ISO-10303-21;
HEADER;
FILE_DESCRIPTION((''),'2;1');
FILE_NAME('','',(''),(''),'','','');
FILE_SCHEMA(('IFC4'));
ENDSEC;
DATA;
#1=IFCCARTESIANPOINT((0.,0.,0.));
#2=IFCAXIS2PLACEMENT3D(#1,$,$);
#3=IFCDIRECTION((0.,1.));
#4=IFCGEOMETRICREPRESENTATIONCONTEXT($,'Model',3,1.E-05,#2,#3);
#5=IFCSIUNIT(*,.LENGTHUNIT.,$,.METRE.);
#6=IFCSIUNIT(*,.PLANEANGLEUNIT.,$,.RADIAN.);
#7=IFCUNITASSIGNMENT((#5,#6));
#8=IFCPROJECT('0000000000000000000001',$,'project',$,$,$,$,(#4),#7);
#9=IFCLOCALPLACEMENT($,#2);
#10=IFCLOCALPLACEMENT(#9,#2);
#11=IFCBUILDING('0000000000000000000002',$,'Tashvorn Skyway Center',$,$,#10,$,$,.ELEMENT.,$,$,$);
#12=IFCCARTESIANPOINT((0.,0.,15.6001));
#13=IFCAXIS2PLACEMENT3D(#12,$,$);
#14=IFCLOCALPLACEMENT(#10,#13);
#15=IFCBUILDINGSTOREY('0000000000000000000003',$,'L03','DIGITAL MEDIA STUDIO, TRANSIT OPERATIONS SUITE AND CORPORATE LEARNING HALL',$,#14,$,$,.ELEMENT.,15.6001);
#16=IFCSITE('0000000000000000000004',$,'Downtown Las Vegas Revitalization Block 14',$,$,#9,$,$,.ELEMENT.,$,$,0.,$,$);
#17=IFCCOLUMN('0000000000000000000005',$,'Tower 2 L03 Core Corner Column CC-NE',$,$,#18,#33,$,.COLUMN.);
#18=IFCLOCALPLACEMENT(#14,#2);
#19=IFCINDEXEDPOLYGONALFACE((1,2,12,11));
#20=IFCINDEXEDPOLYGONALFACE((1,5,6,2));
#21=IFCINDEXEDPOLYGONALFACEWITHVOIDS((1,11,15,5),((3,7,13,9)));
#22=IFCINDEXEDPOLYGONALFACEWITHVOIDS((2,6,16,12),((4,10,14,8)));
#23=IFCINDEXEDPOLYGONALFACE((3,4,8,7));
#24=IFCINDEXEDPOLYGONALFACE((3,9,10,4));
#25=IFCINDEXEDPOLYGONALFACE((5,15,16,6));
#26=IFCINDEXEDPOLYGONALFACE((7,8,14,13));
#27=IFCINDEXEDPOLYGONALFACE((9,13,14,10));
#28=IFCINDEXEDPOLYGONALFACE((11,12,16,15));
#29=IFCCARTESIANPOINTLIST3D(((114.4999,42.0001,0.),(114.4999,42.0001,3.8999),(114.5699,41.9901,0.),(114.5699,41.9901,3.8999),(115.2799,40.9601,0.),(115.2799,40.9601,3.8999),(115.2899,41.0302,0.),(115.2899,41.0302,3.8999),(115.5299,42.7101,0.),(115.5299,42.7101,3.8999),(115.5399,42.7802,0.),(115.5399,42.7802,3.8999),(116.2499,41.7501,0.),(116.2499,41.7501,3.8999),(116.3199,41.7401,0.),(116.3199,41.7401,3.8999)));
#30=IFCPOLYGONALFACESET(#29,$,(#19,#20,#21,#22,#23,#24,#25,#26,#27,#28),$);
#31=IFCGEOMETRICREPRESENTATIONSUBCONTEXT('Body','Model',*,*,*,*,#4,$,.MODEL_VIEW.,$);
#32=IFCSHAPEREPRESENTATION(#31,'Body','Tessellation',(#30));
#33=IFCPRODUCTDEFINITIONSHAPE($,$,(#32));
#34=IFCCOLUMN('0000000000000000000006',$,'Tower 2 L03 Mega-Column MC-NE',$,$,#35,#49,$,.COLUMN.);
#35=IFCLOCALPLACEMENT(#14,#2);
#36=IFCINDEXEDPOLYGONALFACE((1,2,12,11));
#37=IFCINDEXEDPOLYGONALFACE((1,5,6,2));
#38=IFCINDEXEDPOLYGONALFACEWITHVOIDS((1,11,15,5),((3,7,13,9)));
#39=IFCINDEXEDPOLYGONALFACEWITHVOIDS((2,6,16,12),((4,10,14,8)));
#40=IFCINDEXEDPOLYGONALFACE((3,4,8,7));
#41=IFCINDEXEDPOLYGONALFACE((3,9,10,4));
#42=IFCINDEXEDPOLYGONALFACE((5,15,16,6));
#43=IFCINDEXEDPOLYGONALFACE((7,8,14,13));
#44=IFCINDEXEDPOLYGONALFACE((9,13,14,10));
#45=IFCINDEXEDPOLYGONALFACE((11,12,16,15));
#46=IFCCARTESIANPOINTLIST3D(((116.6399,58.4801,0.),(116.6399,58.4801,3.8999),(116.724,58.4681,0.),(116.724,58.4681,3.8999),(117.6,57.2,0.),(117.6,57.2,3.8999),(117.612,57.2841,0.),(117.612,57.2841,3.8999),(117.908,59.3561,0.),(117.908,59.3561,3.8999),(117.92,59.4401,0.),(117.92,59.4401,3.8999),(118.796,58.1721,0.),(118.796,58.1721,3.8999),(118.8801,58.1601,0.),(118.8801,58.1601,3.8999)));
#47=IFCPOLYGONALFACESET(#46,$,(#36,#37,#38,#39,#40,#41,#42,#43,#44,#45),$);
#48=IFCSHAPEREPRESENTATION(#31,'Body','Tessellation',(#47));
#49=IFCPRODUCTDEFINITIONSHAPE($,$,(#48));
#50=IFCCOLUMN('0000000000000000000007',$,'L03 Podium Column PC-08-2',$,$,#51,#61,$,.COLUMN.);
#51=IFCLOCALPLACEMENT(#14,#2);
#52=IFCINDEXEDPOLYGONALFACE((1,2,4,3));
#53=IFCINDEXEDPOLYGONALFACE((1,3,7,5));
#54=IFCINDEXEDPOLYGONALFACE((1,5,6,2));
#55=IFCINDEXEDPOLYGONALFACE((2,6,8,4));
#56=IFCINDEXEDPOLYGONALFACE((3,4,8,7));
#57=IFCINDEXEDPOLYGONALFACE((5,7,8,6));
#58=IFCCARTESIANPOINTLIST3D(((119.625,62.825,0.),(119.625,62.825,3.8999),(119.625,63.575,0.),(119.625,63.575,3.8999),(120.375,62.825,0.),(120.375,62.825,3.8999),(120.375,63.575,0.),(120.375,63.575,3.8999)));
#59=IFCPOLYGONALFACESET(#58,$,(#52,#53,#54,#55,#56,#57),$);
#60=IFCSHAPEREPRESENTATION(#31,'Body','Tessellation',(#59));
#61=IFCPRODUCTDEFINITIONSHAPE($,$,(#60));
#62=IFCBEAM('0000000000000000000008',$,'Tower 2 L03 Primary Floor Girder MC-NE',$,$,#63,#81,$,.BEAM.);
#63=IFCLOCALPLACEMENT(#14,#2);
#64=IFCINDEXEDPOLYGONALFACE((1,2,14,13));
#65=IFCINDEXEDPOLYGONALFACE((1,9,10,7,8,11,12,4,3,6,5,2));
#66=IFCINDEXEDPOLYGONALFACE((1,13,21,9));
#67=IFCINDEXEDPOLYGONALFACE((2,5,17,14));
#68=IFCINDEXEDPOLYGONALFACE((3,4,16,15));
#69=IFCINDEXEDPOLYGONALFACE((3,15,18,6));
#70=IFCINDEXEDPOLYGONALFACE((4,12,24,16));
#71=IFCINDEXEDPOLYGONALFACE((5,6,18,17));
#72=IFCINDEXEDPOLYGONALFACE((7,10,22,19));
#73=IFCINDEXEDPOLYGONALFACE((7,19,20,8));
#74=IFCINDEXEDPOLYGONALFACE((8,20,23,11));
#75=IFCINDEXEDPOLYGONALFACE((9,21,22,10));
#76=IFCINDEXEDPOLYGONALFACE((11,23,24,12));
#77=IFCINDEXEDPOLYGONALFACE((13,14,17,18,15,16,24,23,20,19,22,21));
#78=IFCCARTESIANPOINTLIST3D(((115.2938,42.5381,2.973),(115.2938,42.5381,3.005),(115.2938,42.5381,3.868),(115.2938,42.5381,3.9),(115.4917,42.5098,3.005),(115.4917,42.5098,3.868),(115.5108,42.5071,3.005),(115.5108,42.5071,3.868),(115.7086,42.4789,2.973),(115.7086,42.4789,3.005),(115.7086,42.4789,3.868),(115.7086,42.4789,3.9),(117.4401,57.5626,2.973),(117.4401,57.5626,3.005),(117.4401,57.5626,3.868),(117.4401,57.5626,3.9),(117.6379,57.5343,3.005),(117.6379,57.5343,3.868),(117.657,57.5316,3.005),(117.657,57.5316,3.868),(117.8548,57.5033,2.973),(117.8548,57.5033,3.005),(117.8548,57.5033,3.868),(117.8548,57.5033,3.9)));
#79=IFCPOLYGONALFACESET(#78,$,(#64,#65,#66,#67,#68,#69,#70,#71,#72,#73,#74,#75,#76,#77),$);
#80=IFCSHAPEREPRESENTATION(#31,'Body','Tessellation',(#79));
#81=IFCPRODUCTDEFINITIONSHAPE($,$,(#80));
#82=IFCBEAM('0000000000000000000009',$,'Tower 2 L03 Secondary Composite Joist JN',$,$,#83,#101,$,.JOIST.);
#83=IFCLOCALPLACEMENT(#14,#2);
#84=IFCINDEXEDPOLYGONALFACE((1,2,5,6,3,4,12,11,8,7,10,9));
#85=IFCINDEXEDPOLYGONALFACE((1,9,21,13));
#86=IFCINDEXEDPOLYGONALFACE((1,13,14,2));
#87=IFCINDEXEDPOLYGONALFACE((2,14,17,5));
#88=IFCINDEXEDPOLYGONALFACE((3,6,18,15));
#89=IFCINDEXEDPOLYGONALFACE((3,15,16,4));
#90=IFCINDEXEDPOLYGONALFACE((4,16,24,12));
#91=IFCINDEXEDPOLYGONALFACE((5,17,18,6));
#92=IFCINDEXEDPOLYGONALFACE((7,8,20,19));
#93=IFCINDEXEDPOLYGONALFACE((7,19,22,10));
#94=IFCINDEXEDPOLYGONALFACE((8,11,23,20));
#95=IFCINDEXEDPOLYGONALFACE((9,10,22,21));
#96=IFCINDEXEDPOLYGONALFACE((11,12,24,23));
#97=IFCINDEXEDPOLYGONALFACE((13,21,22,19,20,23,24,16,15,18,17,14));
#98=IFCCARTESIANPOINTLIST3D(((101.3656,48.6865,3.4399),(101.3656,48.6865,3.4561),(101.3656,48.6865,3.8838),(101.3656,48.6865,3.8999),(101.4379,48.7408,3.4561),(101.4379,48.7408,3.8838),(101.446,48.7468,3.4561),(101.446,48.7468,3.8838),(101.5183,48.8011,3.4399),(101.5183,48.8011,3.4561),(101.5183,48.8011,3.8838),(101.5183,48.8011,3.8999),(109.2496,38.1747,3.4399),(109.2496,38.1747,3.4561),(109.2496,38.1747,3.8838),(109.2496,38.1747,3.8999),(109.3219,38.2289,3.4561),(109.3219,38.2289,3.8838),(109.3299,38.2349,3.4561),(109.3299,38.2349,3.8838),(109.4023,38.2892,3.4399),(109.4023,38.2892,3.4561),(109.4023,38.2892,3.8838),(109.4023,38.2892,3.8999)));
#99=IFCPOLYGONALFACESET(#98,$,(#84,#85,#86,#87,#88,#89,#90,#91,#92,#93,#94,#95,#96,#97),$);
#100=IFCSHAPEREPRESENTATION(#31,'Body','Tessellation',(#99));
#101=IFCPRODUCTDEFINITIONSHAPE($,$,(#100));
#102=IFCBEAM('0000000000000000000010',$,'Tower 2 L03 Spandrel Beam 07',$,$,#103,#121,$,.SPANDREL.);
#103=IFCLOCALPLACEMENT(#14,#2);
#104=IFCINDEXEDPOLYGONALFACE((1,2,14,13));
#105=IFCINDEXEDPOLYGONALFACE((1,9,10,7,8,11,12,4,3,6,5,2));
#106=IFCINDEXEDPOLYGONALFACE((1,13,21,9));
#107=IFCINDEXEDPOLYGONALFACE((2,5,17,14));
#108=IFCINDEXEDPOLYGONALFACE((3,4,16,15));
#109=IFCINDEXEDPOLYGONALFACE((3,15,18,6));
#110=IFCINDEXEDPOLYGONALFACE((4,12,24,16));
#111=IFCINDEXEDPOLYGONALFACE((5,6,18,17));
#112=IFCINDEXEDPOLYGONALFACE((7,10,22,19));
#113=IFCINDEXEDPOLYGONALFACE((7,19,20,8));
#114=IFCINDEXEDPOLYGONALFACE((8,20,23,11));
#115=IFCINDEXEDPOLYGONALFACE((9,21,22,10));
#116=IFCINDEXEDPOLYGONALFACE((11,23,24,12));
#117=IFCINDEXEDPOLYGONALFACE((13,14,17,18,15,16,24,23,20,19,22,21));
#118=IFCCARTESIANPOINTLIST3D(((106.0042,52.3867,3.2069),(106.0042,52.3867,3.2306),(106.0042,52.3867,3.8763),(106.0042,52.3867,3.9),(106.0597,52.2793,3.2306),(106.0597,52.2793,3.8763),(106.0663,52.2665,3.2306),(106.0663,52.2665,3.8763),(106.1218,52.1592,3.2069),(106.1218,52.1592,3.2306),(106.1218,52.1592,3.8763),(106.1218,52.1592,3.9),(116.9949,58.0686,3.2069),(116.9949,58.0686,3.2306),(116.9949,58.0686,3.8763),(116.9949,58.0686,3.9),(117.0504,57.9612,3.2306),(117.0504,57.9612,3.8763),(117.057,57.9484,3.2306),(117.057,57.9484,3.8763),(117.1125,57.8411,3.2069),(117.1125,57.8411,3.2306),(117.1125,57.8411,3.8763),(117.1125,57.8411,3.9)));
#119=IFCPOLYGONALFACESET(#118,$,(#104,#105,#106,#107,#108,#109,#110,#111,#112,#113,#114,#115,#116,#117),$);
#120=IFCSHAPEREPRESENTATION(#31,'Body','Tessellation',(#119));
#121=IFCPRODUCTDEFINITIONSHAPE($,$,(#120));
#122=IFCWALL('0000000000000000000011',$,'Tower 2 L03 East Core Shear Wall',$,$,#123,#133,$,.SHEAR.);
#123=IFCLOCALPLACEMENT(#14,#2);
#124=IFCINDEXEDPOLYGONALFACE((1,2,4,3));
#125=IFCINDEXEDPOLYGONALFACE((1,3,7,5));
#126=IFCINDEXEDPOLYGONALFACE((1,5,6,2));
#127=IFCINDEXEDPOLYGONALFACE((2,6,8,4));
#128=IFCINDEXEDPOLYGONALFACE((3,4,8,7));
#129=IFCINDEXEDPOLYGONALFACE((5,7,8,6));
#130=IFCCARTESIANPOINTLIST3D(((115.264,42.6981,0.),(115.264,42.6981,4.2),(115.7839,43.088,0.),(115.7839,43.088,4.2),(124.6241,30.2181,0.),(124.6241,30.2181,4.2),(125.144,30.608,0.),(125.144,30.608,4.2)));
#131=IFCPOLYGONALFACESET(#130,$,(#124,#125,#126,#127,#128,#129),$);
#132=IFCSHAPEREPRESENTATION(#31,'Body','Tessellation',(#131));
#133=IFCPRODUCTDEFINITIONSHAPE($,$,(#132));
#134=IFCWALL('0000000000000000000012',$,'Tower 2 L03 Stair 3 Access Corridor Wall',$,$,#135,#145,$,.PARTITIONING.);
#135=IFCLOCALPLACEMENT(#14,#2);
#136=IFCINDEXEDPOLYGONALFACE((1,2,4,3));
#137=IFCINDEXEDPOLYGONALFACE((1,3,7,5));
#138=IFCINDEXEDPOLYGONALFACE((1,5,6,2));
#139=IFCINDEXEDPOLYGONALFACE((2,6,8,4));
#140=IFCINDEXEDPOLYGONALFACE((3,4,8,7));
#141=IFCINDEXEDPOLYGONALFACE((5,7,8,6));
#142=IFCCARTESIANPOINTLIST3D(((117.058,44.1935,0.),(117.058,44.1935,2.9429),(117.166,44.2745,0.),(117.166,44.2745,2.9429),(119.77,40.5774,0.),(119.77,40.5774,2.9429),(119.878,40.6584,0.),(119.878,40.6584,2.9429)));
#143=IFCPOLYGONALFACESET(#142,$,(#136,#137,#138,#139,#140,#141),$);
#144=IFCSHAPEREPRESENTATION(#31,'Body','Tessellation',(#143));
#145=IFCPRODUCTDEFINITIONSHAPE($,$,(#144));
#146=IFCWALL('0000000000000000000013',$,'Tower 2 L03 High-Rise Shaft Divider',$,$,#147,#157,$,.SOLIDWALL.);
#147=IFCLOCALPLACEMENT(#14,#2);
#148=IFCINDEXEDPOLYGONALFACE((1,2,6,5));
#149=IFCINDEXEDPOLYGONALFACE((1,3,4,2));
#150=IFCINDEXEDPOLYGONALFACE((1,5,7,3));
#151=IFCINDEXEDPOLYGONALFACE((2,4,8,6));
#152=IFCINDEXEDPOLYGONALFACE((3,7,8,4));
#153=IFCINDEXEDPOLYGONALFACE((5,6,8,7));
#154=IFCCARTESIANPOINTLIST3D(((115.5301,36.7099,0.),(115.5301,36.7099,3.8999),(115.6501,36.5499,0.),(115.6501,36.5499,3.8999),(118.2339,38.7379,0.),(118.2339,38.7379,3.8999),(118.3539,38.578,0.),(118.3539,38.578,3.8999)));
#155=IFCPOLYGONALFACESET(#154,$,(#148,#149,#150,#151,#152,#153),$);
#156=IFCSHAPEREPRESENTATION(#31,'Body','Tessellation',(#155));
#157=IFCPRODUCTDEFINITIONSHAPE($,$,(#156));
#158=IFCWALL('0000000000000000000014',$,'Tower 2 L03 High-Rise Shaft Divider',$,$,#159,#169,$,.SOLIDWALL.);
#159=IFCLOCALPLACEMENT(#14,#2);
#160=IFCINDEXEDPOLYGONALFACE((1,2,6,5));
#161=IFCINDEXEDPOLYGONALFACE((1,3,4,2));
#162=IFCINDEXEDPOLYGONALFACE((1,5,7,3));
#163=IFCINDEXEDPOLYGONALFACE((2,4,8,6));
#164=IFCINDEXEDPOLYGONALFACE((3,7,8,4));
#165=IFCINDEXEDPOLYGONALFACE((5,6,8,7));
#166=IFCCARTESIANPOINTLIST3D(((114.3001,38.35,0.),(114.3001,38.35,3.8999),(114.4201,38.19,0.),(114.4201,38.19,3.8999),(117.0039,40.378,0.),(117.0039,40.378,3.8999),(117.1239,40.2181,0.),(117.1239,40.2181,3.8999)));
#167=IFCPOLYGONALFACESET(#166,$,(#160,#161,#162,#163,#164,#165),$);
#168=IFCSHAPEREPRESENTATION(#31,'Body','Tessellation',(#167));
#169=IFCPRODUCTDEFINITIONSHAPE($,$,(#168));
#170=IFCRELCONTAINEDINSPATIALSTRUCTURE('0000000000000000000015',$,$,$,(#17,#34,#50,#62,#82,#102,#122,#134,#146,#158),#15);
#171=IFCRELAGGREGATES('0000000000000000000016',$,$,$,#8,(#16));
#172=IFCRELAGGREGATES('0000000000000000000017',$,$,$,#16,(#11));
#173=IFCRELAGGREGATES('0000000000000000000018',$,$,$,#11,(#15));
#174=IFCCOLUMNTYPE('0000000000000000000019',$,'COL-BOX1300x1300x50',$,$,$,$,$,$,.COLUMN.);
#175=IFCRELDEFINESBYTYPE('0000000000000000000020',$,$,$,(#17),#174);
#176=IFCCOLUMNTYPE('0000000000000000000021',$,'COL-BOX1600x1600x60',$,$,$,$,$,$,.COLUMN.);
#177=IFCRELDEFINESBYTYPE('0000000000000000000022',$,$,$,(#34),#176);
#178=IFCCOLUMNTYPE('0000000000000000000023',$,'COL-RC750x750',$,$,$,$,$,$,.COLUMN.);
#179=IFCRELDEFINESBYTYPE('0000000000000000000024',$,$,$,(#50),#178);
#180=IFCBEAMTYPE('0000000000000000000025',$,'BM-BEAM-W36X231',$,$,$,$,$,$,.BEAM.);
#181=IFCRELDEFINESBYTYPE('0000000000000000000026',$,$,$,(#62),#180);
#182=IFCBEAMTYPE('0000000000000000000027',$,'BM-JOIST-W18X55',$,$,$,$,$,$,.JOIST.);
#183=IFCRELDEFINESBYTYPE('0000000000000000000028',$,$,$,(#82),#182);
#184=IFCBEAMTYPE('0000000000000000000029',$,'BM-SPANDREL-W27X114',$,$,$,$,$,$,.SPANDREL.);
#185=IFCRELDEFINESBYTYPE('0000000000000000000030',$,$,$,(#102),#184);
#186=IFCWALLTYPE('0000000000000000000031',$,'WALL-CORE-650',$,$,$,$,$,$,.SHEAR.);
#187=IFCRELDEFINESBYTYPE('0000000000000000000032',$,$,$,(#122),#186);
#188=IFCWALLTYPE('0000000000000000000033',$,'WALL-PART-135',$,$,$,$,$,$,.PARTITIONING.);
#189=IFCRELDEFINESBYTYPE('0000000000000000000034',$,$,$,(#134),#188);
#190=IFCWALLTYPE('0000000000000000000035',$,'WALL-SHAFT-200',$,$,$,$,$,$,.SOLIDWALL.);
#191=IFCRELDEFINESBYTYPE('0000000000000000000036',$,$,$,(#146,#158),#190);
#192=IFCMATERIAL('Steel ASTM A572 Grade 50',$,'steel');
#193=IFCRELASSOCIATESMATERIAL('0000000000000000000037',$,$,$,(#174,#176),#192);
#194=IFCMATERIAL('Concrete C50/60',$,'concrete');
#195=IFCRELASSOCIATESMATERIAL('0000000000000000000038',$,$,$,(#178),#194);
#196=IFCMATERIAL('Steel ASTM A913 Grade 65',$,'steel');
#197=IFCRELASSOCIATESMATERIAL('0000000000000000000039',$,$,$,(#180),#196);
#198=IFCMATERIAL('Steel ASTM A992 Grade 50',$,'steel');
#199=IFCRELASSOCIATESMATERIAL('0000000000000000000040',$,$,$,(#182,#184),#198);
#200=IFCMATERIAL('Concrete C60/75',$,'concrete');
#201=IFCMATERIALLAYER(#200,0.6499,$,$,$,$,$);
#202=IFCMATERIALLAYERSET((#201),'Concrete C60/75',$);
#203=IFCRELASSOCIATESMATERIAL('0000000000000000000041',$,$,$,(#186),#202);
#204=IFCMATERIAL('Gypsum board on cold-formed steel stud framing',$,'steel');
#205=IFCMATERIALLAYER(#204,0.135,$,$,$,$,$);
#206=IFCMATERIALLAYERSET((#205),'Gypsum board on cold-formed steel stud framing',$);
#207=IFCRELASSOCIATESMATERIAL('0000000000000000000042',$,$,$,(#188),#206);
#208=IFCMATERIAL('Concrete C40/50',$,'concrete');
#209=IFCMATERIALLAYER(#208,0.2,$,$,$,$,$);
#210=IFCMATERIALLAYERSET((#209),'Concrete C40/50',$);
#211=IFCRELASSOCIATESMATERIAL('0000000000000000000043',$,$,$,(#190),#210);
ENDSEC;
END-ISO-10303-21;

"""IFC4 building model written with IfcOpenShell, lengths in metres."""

from ifc_helpers import new_model, si_unit, direction, frame, frame_2d, origin, origin_2d, place, context, subcontext, project, spatial, rectangle, hollow_rectangle, i_section, extrude, material, layer, layer_set, material_profile, profile_set, type_object, element, save


model = new_model("IFC4")

# Units and contexts
model_context = context("Model", 3, precision=1e-05, world=origin(), true_north=direction((0.0, 1.0)))
body_context = subcontext(model_context, "Body", "Model", "MODEL_VIEW")
ifc_project = project(units=[si_unit("LENGTHUNIT", "METRE"), si_unit("PLANEANGLEUNIT", "RADIAN")], contexts=[model_context])

# Site, building, storey
site_placement = place(None, origin())
site = spatial("IfcSite", under=ifc_project, at=site_placement, Name="Downtown Las Vegas Revitalization Block 14", CompositionType="ELEMENT", RefElevation=0.0)
building_placement = place(site_placement, origin())
building = spatial("IfcBuilding", under=site, at=building_placement, Name="Tashvorn Skyway Center", CompositionType="ELEMENT")
storey_placement = place(building_placement, frame((0.0, 0.0, 15.6001)))
storey = spatial("IfcBuildingStorey", under=building, at=storey_placement, Name="L03", Description="DIGITAL MEDIA STUDIO, TRANSIT OPERATIONS SUITE AND CORPORATE LEARNING HALL", CompositionType="ELEMENT", Elevation=15.6001)

# Columns
ifc_material_1 = material(Name="Steel ASTM A572 Grade 50", Category="steel")
ifc_material_profile_1 = material_profile(ifc_material_1, hollow_rectangle(XDim=1.3, YDim=1.3, WallThickness=0.05, at=origin_2d()), Name="BOX1300x1300x50")
ifc_profile_set_1 = profile_set([ifc_material_profile_1], Name="Steel ASTM A572 Grade 50")
column_type_1 = type_object("IfcColumnType", Name="COL-BOX1300x1300x50", PredefinedType="COLUMN", material=ifc_profile_set_1)
column_1_placement = place(storey_placement, frame((115.4099, 41.8701, 0.0), z_axis=(0.0, 0.0, 1.0), x_axis=(0.8, 0.6, 0.0)))
element("IfcColumn", 1, at=column_1_placement, inside=storey, type_object=column_type_1, Name="Tower 2 L03 Core Corner Column CC-NE", PredefinedType="COLUMN", context=body_context, shape_type="SweptSolid", body=[
    extrude(hollow_rectangle(XDim=1.3, YDim=1.3, WallThickness=0.05, at=origin_2d()), origin(), (0.0, 0.0, 1.0), 3.8999),
])
ifc_material_profile_2 = material_profile(ifc_material_1, hollow_rectangle(XDim=1.6001, YDim=1.6001, WallThickness=0.0601, at=origin_2d()), Name="BOX1600x1600x60")
ifc_profile_set_2 = profile_set([ifc_material_profile_2], Name="Steel ASTM A572 Grade 50")
column_type_2 = type_object("IfcColumnType", Name="COL-BOX1600x1600x60", PredefinedType="COLUMN", material=ifc_profile_set_2)
column_2_placement = place(storey_placement, frame((117.76, 58.3201, 0.0), z_axis=(0.0, 0.0, 1.0), x_axis=(0.8, 0.6, 0.0)))
element("IfcColumn", 2, at=column_2_placement, inside=storey, type_object=column_type_2, Name="Tower 2 L03 Mega-Column MC-NE", PredefinedType="COLUMN", context=body_context, shape_type="SweptSolid", body=[
    extrude(hollow_rectangle(XDim=1.6001, YDim=1.6001, WallThickness=0.0601, at=origin_2d()), origin(), (0.0, 0.0, 1.0), 3.8999),
])
ifc_material_2 = material(Name="Concrete C50/60", Category="concrete")
ifc_material_profile_3 = material_profile(ifc_material_2, rectangle(XDim=0.75, YDim=0.75, at=origin_2d()), Name="RC750x750")
ifc_profile_set_3 = profile_set([ifc_material_profile_3], Name="Concrete C50/60")
column_type_3 = type_object("IfcColumnType", Name="COL-RC750x750", PredefinedType="COLUMN", material=ifc_profile_set_3)
column_3_placement = place(storey_placement, frame((120.0, 63.2, 0.0), z_axis=(0.0, 0.0, 1.0), x_axis=(1.0, 0.0, 0.0)))
element("IfcColumn", 3, at=column_3_placement, inside=storey, type_object=column_type_3, Name="L03 Podium Column PC-08-2", PredefinedType="COLUMN", context=body_context, shape_type="SweptSolid", body=[
    extrude(rectangle(XDim=0.75, YDim=0.75, at=origin_2d()), origin(), (0.0, 0.0, 1.0), 3.8999),
])

# Beams
ifc_material_3 = material(Name="Steel ASTM A913 Grade 65", Category="steel")
ifc_material_profile_4 = material_profile(ifc_material_3, i_section(OverallWidth=0.4189, OverallDepth=0.927, WebThickness=0.0193, FlangeThickness=0.032, at=origin_2d()), Name="W36X231")
ifc_profile_set_4 = profile_set([ifc_material_profile_4], Name="Steel ASTM A913 Grade 65")
beam_type_1 = type_object("IfcBeamType", Name="BM-BEAM-W36X231", PredefinedType="BEAM", material=ifc_profile_set_4)
beam_1_placement = place(storey_placement, frame((117.6475, 57.533, 3.4365), z_axis=(-0.141415, -0.98995, 0.0), x_axis=(0.98995, -0.141415, 0.0)))
element("IfcBeam", 4, at=beam_1_placement, inside=storey, type_object=beam_type_1, Name="Tower 2 L03 Primary Floor Girder MC-NE", PredefinedType="BEAM", context=body_context, shape_type="SweptSolid", body=[
    extrude(i_section(OverallWidth=0.4189, OverallDepth=0.927, WebThickness=0.0193, FlangeThickness=0.032, at=origin_2d()), origin(), (0.0, 0.0, 1.0), 15.177),
])
ifc_material_4 = material(Name="Steel ASTM A992 Grade 50", Category="steel")
ifc_material_profile_5 = material_profile(ifc_material_4, i_section(OverallWidth=0.1909, OverallDepth=0.46, WebThickness=0.01, FlangeThickness=0.0161, at=origin_2d()), Name="W18X55")
ifc_profile_set_5 = profile_set([ifc_material_profile_5], Name="Steel ASTM A992 Grade 50")
beam_type_2 = type_object("IfcBeamType", Name="BM-JOIST-W18X55", PredefinedType="JOIST", material=ifc_profile_set_5)
beam_2_placement = place(storey_placement, frame((109.3259, 38.2319, 3.6699), z_axis=(-0.600003, 0.799998, 0.0), x_axis=(-0.799998, -0.600003, 0.0)))
element("IfcBeam", 5, at=beam_2_placement, inside=storey, type_object=beam_type_2, Name="Tower 2 L03 Secondary Composite Joist JN", PredefinedType="JOIST", context=body_context, shape_type="SweptSolid", body=[
    extrude(i_section(OverallWidth=0.1909, OverallDepth=0.46, WebThickness=0.01, FlangeThickness=0.0161, at=origin_2d()), origin(), (0.0, 0.0, 1.0), 13.1399),
])
ifc_material_profile_6 = material_profile(ifc_material_4, i_section(OverallWidth=0.2561, OverallDepth=0.6931, WebThickness=0.0144, FlangeThickness=0.0237, at=origin_2d()), Name="W27X114")
ifc_profile_set_6 = profile_set([ifc_material_profile_6], Name="Steel ASTM A992 Grade 50")
beam_type_3 = type_object("IfcBeamType", Name="BM-SPANDREL-W27X114", PredefinedType="SPANDREL", material=ifc_profile_set_6)
beam_3_placement = place(storey_placement, frame((117.0537, 57.9548, 3.5535), z_axis=(-0.888316, -0.459233, 0.0), x_axis=(0.459233, -0.888316, 0.0)))
element("IfcBeam", 6, at=beam_3_placement, inside=storey, type_object=beam_type_3, Name="Tower 2 L03 Spandrel Beam 07", PredefinedType="SPANDREL", context=body_context, shape_type="SweptSolid", body=[
    extrude(i_section(OverallWidth=0.2561, OverallDepth=0.6931, WebThickness=0.0144, FlangeThickness=0.0237, at=origin_2d()), origin(), (0.0, 0.0, 1.0), 12.3726),
])

# Walls
ifc_material_5 = material(Name="Concrete C60/75", Category="concrete")
ifc_layer_1 = layer(ifc_material_5, 0.6499)
ifc_layer_set_1 = layer_set([ifc_layer_1], Name="Concrete C60/75")
wall_type_1 = type_object("IfcWallType", Name="WALL-CORE-650", PredefinedType="SHEAR", material=ifc_layer_set_1)
wall_1_placement = place(storey_placement, frame((115.5239, 42.8931, 0.0), z_axis=(0.0, 0.0, 1.0), x_axis=(0.600005, -0.799996, 0.0)))
element("IfcWall", 7, at=wall_1_placement, inside=storey, type_object=wall_type_1, Name="Tower 2 L03 East Core Shear Wall", PredefinedType="SHEAR", context=body_context, shape_type="SweptSolid", body=[
    extrude(rectangle(XDim=15.6001, YDim=0.6499, at=frame_2d((7.8, 0.0))), origin(), (0.0, 0.0, 1.0), 4.2),
])
ifc_material_6 = material(Name="Gypsum board on cold-formed steel stud framing", Category="steel")
ifc_layer_2 = layer(ifc_material_6, 0.135)
ifc_layer_set_2 = layer_set([ifc_layer_2], Name="Gypsum board on cold-formed steel stud framing")
wall_type_2 = type_object("IfcWallType", Name="WALL-PART-135", PredefinedType="PARTITIONING", material=ifc_layer_set_2)
wall_2_placement = place(storey_placement, frame((119.824, 40.6179, 0.0), z_axis=(0.0, 0.0, 1.0), x_axis=(-0.599991, 0.800006, 0.0)))
element("IfcWall", 8, at=wall_2_placement, inside=storey, type_object=wall_type_2, Name="Tower 2 L03 Stair 3 Access Corridor Wall", PredefinedType="PARTITIONING", context=body_context, shape_type="SweptSolid", body=[
    extrude(rectangle(XDim=4.52, YDim=0.135, at=frame_2d((2.26, 0.0))), origin(), (0.0, 0.0, 1.0), 2.9429),
])
ifc_material_7 = material(Name="Concrete C40/50", Category="concrete")
ifc_layer_3 = layer(ifc_material_7, 0.2)
ifc_layer_set_3 = layer_set([ifc_layer_3], Name="Concrete C40/50")
wall_type_3 = type_object("IfcWallType", Name="WALL-SHAFT-200", PredefinedType="SOLIDWALL", material=ifc_layer_set_3)
for number, where, z_axis, x_axis, name in (
    (9, (115.5901, 36.6299, 0.0), (0.0, 0.0, 1.0), (0.799974, 0.600035, 0.0), "Tower 2 L03 High-Rise Shaft Divider"),
    (10, (114.3601, 38.27, 0.0), (0.0, 0.0, 1.0), (0.799974, 0.600035, 0.0), "Tower 2 L03 High-Rise Shaft Divider"),
):
    element("IfcWall", number, at=place(storey_placement, frame(where, z_axis=z_axis, x_axis=x_axis)), inside=storey, type_object=wall_type_3, Name=name, PredefinedType="SOLIDWALL", context=body_context, shape_type="SweptSolid", body=[
        extrude(rectangle(XDim=3.3799, YDim=0.2, at=frame_2d((1.6899, 0.0))), origin(), (0.0, 0.0, 1.0), 3.8999),
    ])

save(model, "model.ifc")
